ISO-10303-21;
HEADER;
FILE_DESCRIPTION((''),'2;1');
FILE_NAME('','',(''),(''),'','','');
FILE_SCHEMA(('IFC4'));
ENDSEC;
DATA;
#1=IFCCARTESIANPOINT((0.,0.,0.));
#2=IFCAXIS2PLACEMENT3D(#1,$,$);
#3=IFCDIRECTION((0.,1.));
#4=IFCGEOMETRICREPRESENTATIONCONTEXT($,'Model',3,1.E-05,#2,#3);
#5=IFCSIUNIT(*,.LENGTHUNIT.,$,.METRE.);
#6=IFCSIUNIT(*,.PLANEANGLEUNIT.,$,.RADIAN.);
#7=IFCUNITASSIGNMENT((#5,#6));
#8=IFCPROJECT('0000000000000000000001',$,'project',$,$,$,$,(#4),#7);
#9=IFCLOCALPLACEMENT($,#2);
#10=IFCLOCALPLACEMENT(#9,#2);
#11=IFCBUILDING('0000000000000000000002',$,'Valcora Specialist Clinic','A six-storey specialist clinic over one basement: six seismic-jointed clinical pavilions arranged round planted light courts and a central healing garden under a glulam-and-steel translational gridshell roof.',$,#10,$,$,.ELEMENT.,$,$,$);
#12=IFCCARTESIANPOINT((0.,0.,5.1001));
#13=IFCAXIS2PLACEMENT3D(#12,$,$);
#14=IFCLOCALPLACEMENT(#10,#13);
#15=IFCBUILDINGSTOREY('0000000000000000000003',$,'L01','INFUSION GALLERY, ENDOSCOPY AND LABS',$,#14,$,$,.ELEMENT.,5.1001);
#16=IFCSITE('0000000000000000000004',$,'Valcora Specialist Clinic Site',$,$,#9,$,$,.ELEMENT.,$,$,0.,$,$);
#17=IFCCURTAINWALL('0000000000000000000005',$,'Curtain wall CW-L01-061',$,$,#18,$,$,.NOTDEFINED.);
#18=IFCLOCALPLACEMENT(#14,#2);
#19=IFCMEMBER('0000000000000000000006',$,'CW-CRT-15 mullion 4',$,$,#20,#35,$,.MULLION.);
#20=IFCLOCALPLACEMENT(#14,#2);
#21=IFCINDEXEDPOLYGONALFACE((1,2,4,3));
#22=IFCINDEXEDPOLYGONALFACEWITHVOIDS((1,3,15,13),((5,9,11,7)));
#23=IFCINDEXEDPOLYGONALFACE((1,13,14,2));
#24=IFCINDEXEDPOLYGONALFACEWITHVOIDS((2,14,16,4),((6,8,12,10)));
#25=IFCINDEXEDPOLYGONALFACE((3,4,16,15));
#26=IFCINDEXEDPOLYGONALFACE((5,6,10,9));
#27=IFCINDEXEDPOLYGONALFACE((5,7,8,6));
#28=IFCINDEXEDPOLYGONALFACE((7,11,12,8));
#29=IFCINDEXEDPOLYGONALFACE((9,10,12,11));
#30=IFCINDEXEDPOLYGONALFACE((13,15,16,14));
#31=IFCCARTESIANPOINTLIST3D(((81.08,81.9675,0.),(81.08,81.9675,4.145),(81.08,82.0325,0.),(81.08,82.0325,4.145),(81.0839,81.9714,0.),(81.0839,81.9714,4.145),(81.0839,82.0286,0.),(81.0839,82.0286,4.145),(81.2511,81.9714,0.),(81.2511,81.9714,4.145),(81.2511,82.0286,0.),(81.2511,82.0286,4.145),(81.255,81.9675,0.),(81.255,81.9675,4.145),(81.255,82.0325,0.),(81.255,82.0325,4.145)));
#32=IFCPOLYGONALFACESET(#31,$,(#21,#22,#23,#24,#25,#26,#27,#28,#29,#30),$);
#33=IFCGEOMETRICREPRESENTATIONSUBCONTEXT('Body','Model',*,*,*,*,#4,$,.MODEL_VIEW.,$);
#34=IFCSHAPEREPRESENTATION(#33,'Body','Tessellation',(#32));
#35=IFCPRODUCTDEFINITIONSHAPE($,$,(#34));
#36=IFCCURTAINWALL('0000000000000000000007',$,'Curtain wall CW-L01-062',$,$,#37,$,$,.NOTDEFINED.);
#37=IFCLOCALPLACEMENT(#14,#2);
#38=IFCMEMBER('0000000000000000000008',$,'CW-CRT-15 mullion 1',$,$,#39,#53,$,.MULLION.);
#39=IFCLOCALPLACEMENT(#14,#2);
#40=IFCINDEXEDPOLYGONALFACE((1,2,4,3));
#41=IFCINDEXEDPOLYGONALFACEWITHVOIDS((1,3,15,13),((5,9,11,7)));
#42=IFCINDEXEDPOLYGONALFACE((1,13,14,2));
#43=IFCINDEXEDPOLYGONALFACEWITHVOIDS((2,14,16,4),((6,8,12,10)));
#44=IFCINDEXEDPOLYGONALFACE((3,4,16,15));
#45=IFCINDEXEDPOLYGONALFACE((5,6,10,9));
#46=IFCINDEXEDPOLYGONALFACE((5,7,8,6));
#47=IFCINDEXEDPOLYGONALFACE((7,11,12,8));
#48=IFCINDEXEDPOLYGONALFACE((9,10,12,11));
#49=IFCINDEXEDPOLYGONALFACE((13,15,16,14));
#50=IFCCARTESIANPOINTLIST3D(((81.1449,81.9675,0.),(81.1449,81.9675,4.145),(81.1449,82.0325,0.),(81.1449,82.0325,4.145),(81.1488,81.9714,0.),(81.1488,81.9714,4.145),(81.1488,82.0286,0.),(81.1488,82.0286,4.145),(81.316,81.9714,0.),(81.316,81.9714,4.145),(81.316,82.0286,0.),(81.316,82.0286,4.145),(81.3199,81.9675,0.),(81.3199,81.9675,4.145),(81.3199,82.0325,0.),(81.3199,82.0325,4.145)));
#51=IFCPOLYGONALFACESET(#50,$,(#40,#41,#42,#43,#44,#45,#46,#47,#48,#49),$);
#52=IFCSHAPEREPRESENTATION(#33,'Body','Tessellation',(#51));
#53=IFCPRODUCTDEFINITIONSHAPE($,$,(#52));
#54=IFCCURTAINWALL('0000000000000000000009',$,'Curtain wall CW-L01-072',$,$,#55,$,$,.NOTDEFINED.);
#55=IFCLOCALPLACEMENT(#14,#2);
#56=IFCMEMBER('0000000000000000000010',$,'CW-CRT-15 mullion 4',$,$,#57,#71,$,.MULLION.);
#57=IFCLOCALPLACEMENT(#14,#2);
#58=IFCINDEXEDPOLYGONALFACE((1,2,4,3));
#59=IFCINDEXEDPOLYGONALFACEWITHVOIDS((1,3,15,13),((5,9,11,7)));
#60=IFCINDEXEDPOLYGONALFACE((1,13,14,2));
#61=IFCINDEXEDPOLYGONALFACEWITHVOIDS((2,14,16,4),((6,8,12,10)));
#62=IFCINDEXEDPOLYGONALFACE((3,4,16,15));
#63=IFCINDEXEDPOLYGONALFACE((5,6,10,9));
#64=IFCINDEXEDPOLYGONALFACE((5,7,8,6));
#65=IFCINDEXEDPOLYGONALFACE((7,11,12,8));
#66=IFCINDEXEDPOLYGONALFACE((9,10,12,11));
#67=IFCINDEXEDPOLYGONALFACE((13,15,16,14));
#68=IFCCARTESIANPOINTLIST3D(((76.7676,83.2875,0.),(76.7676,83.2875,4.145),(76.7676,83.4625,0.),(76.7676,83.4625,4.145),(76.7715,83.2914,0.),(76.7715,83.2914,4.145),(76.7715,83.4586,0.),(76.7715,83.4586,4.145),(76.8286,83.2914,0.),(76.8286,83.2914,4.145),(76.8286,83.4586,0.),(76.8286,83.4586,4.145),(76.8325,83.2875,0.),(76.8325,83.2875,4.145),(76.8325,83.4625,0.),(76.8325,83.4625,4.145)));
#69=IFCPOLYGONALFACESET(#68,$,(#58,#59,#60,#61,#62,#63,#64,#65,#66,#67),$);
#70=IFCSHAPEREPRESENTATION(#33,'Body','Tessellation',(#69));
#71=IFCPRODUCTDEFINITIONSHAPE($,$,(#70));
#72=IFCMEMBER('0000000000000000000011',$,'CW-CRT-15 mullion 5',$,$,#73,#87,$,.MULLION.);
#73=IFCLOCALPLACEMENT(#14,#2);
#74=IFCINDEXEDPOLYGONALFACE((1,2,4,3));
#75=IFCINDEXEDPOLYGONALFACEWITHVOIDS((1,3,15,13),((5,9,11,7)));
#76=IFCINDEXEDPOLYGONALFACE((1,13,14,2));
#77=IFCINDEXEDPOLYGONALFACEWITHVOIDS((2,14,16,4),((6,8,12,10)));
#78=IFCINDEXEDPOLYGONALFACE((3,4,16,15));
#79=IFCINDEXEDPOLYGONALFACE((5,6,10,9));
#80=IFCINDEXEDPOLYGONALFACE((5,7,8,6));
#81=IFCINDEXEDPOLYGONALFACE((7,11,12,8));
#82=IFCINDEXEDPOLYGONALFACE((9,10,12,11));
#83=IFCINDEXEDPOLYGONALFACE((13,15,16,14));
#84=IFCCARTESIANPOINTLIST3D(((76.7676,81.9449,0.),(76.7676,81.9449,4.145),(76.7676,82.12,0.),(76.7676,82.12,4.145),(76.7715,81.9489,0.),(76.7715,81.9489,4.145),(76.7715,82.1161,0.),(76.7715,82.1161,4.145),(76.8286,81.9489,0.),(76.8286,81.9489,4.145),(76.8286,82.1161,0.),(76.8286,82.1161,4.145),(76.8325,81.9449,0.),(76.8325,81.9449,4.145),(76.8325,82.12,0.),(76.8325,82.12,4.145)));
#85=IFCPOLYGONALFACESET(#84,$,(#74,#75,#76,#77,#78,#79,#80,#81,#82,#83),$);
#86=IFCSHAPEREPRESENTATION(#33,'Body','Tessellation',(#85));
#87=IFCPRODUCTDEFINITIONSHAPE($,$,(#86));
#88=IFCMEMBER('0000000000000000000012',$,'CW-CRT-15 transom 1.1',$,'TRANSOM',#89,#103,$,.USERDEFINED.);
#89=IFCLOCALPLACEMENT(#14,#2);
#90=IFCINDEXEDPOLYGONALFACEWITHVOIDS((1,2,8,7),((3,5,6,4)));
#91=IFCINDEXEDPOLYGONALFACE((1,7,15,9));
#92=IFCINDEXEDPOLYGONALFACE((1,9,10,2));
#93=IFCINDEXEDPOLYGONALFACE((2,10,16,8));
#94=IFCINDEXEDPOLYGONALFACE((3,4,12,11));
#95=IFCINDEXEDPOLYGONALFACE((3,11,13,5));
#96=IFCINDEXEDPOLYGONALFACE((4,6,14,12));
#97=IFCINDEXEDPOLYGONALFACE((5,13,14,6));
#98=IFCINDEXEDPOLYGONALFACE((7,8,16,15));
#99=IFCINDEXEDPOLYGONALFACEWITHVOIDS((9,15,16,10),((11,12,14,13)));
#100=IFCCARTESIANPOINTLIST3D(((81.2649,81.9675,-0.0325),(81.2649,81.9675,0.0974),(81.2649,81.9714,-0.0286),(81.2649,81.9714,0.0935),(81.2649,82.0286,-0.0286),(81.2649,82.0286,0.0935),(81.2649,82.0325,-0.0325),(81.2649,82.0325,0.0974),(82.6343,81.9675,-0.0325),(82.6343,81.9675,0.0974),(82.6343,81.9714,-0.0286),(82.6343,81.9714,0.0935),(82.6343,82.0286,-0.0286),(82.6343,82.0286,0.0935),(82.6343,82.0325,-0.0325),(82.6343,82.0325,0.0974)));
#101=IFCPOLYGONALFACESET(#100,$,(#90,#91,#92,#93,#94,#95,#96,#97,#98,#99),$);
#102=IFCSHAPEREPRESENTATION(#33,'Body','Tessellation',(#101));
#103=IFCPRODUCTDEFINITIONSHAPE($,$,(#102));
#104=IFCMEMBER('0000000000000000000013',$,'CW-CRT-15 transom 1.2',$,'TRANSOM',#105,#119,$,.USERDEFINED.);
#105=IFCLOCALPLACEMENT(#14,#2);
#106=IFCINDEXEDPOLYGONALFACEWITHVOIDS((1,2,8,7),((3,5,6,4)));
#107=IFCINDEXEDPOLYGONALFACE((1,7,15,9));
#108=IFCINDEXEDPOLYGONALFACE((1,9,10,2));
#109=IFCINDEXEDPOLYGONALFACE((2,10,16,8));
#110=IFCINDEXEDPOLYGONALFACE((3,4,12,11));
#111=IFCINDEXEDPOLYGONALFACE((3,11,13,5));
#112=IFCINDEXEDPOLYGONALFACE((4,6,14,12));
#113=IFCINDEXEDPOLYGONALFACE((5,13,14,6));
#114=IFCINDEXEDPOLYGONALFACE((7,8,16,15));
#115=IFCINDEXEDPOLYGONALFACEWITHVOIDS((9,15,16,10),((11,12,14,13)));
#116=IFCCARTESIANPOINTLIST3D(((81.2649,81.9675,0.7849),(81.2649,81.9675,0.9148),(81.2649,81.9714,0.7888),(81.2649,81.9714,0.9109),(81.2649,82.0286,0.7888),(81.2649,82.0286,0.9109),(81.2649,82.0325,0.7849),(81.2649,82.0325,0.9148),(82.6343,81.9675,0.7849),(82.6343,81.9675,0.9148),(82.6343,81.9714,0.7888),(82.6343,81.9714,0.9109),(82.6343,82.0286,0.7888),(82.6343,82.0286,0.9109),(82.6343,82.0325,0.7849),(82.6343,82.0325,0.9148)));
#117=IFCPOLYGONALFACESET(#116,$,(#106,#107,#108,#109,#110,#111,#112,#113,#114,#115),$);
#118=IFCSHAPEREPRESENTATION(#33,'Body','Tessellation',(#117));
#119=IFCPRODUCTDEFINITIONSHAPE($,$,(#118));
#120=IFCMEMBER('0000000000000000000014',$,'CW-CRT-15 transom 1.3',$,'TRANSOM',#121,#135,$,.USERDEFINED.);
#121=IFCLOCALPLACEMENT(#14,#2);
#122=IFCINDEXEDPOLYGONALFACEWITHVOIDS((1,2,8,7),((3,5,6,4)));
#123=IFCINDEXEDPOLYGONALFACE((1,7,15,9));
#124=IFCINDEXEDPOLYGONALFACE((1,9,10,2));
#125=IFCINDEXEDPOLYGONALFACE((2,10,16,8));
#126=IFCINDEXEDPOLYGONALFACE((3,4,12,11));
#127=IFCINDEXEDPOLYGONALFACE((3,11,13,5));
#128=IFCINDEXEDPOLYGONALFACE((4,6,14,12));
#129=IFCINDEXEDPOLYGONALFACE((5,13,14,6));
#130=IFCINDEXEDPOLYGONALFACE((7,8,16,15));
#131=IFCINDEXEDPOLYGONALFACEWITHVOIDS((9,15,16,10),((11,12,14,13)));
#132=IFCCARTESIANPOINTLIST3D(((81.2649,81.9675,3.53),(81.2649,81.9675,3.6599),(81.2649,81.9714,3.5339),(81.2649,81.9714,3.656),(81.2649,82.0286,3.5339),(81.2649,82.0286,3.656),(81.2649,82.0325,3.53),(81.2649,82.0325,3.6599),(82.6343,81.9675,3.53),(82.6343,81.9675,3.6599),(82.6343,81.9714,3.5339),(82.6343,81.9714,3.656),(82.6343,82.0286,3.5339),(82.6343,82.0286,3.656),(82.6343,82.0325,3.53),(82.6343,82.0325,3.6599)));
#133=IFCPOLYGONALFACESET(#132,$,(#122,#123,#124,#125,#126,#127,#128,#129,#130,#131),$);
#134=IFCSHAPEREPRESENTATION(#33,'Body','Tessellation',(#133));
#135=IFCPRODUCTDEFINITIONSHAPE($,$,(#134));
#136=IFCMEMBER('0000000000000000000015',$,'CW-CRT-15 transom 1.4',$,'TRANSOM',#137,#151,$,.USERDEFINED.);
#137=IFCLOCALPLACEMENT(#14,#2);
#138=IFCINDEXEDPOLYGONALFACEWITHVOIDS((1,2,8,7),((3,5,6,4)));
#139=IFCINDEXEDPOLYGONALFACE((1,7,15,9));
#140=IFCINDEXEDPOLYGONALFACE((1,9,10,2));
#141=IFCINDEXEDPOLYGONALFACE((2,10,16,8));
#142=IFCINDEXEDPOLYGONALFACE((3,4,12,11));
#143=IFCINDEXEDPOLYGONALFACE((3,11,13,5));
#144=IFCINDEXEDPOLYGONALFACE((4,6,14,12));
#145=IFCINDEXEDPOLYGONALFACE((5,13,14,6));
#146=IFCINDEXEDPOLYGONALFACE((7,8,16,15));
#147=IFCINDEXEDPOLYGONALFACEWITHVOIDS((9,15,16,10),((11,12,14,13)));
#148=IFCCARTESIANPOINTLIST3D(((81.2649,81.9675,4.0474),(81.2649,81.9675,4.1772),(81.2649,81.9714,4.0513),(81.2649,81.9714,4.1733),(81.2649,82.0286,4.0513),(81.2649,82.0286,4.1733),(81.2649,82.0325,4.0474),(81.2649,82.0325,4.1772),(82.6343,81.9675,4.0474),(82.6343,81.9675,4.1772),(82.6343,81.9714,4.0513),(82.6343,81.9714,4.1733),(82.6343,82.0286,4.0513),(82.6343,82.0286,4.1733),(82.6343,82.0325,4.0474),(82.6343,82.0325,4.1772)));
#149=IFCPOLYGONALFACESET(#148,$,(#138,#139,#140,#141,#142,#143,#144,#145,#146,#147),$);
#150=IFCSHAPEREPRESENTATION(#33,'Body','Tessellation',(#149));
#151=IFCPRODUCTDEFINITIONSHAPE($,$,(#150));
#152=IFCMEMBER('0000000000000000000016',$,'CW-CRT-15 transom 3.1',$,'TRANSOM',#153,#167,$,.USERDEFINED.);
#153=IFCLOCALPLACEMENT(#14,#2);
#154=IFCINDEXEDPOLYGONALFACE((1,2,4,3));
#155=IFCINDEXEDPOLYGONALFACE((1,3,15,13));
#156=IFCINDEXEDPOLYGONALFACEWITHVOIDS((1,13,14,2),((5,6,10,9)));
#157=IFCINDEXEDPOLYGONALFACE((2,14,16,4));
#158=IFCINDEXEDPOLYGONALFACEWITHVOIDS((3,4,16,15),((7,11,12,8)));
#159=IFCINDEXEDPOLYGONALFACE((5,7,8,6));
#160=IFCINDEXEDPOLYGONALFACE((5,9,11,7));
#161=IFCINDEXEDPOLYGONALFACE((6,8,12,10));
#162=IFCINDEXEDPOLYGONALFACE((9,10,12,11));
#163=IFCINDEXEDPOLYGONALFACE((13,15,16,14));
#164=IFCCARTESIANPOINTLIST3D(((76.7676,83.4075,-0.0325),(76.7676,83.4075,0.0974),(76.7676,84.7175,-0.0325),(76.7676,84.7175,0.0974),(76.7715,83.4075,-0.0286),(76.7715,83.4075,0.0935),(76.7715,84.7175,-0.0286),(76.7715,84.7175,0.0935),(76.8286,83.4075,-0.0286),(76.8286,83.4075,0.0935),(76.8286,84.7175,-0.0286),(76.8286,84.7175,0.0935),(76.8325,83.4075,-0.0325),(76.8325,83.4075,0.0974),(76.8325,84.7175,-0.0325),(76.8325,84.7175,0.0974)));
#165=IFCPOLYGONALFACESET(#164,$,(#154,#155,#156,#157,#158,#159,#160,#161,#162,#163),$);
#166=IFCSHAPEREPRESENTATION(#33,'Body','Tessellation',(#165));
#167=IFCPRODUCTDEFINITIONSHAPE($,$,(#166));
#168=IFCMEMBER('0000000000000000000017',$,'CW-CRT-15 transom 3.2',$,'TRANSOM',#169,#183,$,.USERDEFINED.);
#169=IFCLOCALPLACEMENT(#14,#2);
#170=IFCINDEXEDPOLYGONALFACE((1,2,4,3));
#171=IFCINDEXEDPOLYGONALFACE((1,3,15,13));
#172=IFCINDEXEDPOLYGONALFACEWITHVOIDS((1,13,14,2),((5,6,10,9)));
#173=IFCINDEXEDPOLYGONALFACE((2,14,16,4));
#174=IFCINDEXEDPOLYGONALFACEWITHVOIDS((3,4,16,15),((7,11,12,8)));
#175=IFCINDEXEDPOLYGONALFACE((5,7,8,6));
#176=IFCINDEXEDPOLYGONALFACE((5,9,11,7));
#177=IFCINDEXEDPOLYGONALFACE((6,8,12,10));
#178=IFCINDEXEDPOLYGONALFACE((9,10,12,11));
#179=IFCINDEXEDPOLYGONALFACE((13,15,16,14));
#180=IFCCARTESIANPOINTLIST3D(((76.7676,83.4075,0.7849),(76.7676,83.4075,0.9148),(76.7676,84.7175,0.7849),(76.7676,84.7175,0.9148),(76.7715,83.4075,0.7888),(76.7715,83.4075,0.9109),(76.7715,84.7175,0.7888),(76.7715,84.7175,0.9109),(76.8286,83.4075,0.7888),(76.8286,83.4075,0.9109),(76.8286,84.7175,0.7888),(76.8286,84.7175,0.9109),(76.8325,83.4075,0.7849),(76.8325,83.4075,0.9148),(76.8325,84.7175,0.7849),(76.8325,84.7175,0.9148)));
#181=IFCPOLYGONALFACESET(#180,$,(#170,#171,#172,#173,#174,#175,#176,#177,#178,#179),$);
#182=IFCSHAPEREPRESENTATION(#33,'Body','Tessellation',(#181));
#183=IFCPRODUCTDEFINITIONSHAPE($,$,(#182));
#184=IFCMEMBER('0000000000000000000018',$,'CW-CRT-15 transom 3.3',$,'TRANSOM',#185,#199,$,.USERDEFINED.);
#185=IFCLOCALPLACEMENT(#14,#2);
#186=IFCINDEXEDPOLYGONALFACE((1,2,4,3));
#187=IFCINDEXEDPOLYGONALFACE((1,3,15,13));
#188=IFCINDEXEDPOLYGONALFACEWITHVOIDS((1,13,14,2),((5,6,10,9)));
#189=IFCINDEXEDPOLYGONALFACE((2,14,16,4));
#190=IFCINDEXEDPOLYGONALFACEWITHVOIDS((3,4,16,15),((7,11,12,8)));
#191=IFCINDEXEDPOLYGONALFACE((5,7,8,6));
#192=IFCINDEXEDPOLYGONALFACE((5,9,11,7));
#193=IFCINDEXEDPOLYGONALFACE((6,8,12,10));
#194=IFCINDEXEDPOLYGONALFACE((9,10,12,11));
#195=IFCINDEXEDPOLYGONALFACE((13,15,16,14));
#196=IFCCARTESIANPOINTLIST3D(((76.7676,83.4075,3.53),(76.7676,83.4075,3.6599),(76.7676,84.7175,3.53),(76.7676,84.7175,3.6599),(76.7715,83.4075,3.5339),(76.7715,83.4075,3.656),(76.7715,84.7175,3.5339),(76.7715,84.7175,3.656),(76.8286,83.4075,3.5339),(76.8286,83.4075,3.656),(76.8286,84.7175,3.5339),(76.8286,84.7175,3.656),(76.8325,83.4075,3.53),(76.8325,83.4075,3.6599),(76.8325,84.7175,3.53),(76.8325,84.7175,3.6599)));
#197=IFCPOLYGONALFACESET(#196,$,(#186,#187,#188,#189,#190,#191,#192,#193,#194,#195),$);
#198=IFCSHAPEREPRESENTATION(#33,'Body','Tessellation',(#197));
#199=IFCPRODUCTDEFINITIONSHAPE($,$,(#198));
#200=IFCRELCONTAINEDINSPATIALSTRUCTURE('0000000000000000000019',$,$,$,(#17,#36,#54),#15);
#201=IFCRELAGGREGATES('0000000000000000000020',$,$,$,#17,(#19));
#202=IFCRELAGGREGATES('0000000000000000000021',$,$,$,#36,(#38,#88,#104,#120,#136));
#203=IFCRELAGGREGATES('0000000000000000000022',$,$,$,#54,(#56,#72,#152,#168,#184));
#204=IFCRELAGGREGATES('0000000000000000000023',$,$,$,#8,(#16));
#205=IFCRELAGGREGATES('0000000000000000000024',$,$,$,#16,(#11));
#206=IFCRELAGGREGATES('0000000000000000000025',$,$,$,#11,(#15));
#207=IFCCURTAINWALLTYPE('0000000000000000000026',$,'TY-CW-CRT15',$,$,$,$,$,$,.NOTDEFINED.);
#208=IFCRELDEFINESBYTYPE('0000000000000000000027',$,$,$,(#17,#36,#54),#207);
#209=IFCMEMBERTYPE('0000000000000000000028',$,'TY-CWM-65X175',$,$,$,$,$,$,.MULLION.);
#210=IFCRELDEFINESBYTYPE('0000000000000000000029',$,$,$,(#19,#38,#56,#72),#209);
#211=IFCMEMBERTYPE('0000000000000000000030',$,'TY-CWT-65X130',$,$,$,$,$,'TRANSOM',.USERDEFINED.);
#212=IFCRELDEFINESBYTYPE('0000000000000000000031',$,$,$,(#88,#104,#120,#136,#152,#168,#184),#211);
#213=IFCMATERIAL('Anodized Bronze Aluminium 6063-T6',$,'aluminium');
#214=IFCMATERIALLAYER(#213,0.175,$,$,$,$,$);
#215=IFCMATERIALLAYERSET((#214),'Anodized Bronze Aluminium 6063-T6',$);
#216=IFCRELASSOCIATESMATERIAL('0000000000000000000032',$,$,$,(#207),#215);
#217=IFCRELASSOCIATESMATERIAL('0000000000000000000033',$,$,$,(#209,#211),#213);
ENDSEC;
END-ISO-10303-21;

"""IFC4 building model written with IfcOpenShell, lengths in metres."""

from ifc_helpers import new_model, si_unit, direction, frame, origin, origin_2d, place, context, subcontext, project, spatial, hollow_rectangle, extrude, material, layer, layer_set, material_profile, profile_set, type_object, element, aggregate, save


model = new_model("IFC4")

# Units and contexts
model_context = context("Model", 3, precision=1e-05, world=origin(), true_north=direction((0.0, 1.0)))
body_context = subcontext(model_context, "Body", "Model", "MODEL_VIEW")
ifc_project = project(units=[si_unit("LENGTHUNIT", "METRE"), si_unit("PLANEANGLEUNIT", "RADIAN")], contexts=[model_context])

# Site, building, storey
site_placement = place(None, origin())
site = spatial("IfcSite", under=ifc_project, at=site_placement, Name="Valcora Specialist Clinic Site", CompositionType="ELEMENT", RefElevation=0.0)
building_placement = place(site_placement, origin())
building = spatial("IfcBuilding", under=site, at=building_placement, Name="Valcora Specialist Clinic", Description="A six-storey specialist clinic over one basement: six seismic-jointed clinical pavilions arranged round planted light courts and a central healing garden under a glulam-and-steel translational gridshell roof.", CompositionType="ELEMENT")
storey_placement = place(building_placement, frame((0.0, 0.0, 5.1001)))
storey = spatial("IfcBuildingStorey", under=building, at=storey_placement, Name="L01", Description="INFUSION GALLERY, ENDOSCOPY AND LABS", CompositionType="ELEMENT", Elevation=5.1001)

# Curtain walls, members
ifc_material_1 = material(Name="Anodized Bronze Aluminium 6063-T6", Category="aluminium")
ifc_layer_1 = layer(ifc_material_1, 0.175)
ifc_layer_set_1 = layer_set([ifc_layer_1], Name="Anodized Bronze Aluminium 6063-T6")
curtain_wall_type = type_object("IfcCurtainWallType", Name="TY-CW-CRT15", PredefinedType="NOTDEFINED", material=ifc_layer_set_1)
curtain_wall_1_placement = place(storey_placement, origin())
curtain_wall_1 = element("IfcCurtainWall", 1, at=curtain_wall_1_placement, inside=storey, type_object=curtain_wall_type, Name="Curtain wall CW-L01-061", PredefinedType="NOTDEFINED")
ifc_material_profile_1 = material_profile(ifc_material_1, hollow_rectangle(XDim=0.0649, YDim=0.175, WallThickness=0.0039, at=origin_2d()), Name="AL-MUL-65X175")
ifc_profile_set_1 = profile_set([ifc_material_profile_1], Name="Anodized Bronze Aluminium 6063-T6")
member_type_1 = type_object("IfcMemberType", Name="TY-CWM-65X175", PredefinedType="MULLION", material=ifc_profile_set_1)
member_1_placement = place(storey_placement, frame((81.1675, 82.0, 0.0), z_axis=(0.0, 0.0, 1.0), x_axis=(0.0, 1.0, 0.0)))
member_1 = element("IfcMember", 2, at=member_1_placement, type_object=member_type_1, Name="CW-CRT-15 mullion 4", PredefinedType="MULLION", context=body_context, shape_type="SweptSolid", body=[
    extrude(hollow_rectangle(XDim=0.0649, YDim=0.175, WallThickness=0.0039, at=origin_2d()), origin(), (0.0, 0.0, 1.0), 4.145),
])
aggregate(curtain_wall_1, [member_1])
curtain_wall_2_placement = place(storey_placement, origin())
curtain_wall_2 = element("IfcCurtainWall", 3, at=curtain_wall_2_placement, inside=storey, type_object=curtain_wall_type, Name="Curtain wall CW-L01-062", PredefinedType="NOTDEFINED")
member_2_placement = place(storey_placement, frame((81.2324, 82.0, 0.0), z_axis=(0.0, 0.0, 1.0), x_axis=(0.0, 1.0, 0.0)))
member_2 = element("IfcMember", 4, at=member_2_placement, type_object=member_type_1, Name="CW-CRT-15 mullion 1", PredefinedType="MULLION", context=body_context, shape_type="SweptSolid", body=[
    extrude(hollow_rectangle(XDim=0.0649, YDim=0.175, WallThickness=0.0039, at=origin_2d()), origin(), (0.0, 0.0, 1.0), 4.145),
])

# Curtain wall, members
curtain_wall_3_placement = place(storey_placement, origin())
curtain_wall_3 = element("IfcCurtainWall", 5, at=curtain_wall_3_placement, inside=storey, type_object=curtain_wall_type, Name="Curtain wall CW-L01-072", PredefinedType="NOTDEFINED")
member_3_placement = place(storey_placement, frame((76.8, 83.375, 0.0), z_axis=(0.0, 0.0, 1.0), x_axis=(1.0, 0.0, 0.0)))
member_3 = element("IfcMember", 6, at=member_3_placement, type_object=member_type_1, Name="CW-CRT-15 mullion 4", PredefinedType="MULLION", context=body_context, shape_type="SweptSolid", body=[
    extrude(hollow_rectangle(XDim=0.0649, YDim=0.175, WallThickness=0.0039, at=origin_2d()), origin(), (0.0, 0.0, 1.0), 4.145),
])
member_4_placement = place(storey_placement, frame((76.8, 82.0325, 0.0), z_axis=(0.0, 0.0, 1.0), x_axis=(1.0, 0.0, 0.0)))
member_4 = element("IfcMember", 7, at=member_4_placement, type_object=member_type_1, Name="CW-CRT-15 mullion 5", PredefinedType="MULLION", context=body_context, shape_type="SweptSolid", body=[
    extrude(hollow_rectangle(XDim=0.0649, YDim=0.175, WallThickness=0.0039, at=origin_2d()), origin(), (0.0, 0.0, 1.0), 4.145),
])

# Members
ifc_material_profile_2 = material_profile(ifc_material_1, hollow_rectangle(XDim=0.0649, YDim=0.1299, WallThickness=0.0039, at=origin_2d()), Name="AL-TRN-65X130")
ifc_profile_set_2 = profile_set([ifc_material_profile_2], Name="Anodized Bronze Aluminium 6063-T6")
member_type_2 = type_object("IfcMemberType", Name="TY-CWT-65X130", ElementType="TRANSOM", PredefinedType="USERDEFINED", material=ifc_profile_set_2)
member_5_placement = place(storey_placement, frame((81.2649, 82.0, 0.0325), z_axis=(1.0, 0.0, 0.0), x_axis=(0.0, 1.0, 0.0)))
member_5 = element("IfcMember", 8, at=member_5_placement, type_object=member_type_2, Name="CW-CRT-15 transom 1.1", ObjectType="TRANSOM", PredefinedType="USERDEFINED", context=body_context, shape_type="SweptSolid", body=[
    extrude(hollow_rectangle(XDim=0.0649, YDim=0.1299, WallThickness=0.0039, at=origin_2d()), origin(), (0.0, 0.0, 1.0), 1.3694),
])
member_6_placement = place(storey_placement, frame((81.2649, 82.0, 0.8499), z_axis=(1.0, 0.0, 0.0), x_axis=(0.0, 1.0, 0.0)))
member_6 = element("IfcMember", 9, at=member_6_placement, type_object=member_type_2, Name="CW-CRT-15 transom 1.2", ObjectType="TRANSOM", PredefinedType="USERDEFINED", context=body_context, shape_type="SweptSolid", body=[
    extrude(hollow_rectangle(XDim=0.0649, YDim=0.1299, WallThickness=0.0039, at=origin_2d()), origin(), (0.0, 0.0, 1.0), 1.3694),
])
member_7_placement = place(storey_placement, frame((81.2649, 82.0, 3.595), z_axis=(1.0, 0.0, 0.0), x_axis=(0.0, 1.0, 0.0)))
member_7 = element("IfcMember", 10, at=member_7_placement, type_object=member_type_2, Name="CW-CRT-15 transom 1.3", ObjectType="TRANSOM", PredefinedType="USERDEFINED", context=body_context, shape_type="SweptSolid", body=[
    extrude(hollow_rectangle(XDim=0.0649, YDim=0.1299, WallThickness=0.0039, at=origin_2d()), origin(), (0.0, 0.0, 1.0), 1.3694),
])
member_8_placement = place(storey_placement, frame((81.2649, 82.0, 4.1123), z_axis=(1.0, 0.0, 0.0), x_axis=(0.0, 1.0, 0.0)))
member_8 = element("IfcMember", 11, at=member_8_placement, type_object=member_type_2, Name="CW-CRT-15 transom 1.4", ObjectType="TRANSOM", PredefinedType="USERDEFINED", context=body_context, shape_type="SweptSolid", body=[
    extrude(hollow_rectangle(XDim=0.0649, YDim=0.1299, WallThickness=0.0039, at=origin_2d()), origin(), (0.0, 0.0, 1.0), 1.3694),
])
member_9_placement = place(storey_placement, frame((76.8, 84.7175, 0.0325), z_axis=(0.0, -1.0, 0.0), x_axis=(1.0, 0.0, 0.0)))
member_9 = element("IfcMember", 12, at=member_9_placement, type_object=member_type_2, Name="CW-CRT-15 transom 3.1", ObjectType="TRANSOM", PredefinedType="USERDEFINED", context=body_context, shape_type="SweptSolid", body=[
    extrude(hollow_rectangle(XDim=0.0649, YDim=0.1299, WallThickness=0.0039, at=origin_2d()), origin(), (0.0, 0.0, 1.0), 1.3101),
])
member_10_placement = place(storey_placement, frame((76.8, 84.7175, 0.8499), z_axis=(0.0, -1.0, 0.0), x_axis=(1.0, 0.0, 0.0)))
member_10 = element("IfcMember", 13, at=member_10_placement, type_object=member_type_2, Name="CW-CRT-15 transom 3.2", ObjectType="TRANSOM", PredefinedType="USERDEFINED", context=body_context, shape_type="SweptSolid", body=[
    extrude(hollow_rectangle(XDim=0.0649, YDim=0.1299, WallThickness=0.0039, at=origin_2d()), origin(), (0.0, 0.0, 1.0), 1.3101),
])
member_11_placement = place(storey_placement, frame((76.8, 84.7175, 3.595), z_axis=(0.0, -1.0, 0.0), x_axis=(1.0, 0.0, 0.0)))
member_11 = element("IfcMember", 14, at=member_11_placement, type_object=member_type_2, Name="CW-CRT-15 transom 3.3", ObjectType="TRANSOM", PredefinedType="USERDEFINED", context=body_context, shape_type="SweptSolid", body=[
    extrude(hollow_rectangle(XDim=0.0649, YDim=0.1299, WallThickness=0.0039, at=origin_2d()), origin(), (0.0, 0.0, 1.0), 1.3101),
])

aggregate(curtain_wall_2, [member_2, member_5, member_6, member_7, member_8])
aggregate(curtain_wall_3, [member_3, member_4, member_9, member_10, member_11])

save(model, "model.ifc")
